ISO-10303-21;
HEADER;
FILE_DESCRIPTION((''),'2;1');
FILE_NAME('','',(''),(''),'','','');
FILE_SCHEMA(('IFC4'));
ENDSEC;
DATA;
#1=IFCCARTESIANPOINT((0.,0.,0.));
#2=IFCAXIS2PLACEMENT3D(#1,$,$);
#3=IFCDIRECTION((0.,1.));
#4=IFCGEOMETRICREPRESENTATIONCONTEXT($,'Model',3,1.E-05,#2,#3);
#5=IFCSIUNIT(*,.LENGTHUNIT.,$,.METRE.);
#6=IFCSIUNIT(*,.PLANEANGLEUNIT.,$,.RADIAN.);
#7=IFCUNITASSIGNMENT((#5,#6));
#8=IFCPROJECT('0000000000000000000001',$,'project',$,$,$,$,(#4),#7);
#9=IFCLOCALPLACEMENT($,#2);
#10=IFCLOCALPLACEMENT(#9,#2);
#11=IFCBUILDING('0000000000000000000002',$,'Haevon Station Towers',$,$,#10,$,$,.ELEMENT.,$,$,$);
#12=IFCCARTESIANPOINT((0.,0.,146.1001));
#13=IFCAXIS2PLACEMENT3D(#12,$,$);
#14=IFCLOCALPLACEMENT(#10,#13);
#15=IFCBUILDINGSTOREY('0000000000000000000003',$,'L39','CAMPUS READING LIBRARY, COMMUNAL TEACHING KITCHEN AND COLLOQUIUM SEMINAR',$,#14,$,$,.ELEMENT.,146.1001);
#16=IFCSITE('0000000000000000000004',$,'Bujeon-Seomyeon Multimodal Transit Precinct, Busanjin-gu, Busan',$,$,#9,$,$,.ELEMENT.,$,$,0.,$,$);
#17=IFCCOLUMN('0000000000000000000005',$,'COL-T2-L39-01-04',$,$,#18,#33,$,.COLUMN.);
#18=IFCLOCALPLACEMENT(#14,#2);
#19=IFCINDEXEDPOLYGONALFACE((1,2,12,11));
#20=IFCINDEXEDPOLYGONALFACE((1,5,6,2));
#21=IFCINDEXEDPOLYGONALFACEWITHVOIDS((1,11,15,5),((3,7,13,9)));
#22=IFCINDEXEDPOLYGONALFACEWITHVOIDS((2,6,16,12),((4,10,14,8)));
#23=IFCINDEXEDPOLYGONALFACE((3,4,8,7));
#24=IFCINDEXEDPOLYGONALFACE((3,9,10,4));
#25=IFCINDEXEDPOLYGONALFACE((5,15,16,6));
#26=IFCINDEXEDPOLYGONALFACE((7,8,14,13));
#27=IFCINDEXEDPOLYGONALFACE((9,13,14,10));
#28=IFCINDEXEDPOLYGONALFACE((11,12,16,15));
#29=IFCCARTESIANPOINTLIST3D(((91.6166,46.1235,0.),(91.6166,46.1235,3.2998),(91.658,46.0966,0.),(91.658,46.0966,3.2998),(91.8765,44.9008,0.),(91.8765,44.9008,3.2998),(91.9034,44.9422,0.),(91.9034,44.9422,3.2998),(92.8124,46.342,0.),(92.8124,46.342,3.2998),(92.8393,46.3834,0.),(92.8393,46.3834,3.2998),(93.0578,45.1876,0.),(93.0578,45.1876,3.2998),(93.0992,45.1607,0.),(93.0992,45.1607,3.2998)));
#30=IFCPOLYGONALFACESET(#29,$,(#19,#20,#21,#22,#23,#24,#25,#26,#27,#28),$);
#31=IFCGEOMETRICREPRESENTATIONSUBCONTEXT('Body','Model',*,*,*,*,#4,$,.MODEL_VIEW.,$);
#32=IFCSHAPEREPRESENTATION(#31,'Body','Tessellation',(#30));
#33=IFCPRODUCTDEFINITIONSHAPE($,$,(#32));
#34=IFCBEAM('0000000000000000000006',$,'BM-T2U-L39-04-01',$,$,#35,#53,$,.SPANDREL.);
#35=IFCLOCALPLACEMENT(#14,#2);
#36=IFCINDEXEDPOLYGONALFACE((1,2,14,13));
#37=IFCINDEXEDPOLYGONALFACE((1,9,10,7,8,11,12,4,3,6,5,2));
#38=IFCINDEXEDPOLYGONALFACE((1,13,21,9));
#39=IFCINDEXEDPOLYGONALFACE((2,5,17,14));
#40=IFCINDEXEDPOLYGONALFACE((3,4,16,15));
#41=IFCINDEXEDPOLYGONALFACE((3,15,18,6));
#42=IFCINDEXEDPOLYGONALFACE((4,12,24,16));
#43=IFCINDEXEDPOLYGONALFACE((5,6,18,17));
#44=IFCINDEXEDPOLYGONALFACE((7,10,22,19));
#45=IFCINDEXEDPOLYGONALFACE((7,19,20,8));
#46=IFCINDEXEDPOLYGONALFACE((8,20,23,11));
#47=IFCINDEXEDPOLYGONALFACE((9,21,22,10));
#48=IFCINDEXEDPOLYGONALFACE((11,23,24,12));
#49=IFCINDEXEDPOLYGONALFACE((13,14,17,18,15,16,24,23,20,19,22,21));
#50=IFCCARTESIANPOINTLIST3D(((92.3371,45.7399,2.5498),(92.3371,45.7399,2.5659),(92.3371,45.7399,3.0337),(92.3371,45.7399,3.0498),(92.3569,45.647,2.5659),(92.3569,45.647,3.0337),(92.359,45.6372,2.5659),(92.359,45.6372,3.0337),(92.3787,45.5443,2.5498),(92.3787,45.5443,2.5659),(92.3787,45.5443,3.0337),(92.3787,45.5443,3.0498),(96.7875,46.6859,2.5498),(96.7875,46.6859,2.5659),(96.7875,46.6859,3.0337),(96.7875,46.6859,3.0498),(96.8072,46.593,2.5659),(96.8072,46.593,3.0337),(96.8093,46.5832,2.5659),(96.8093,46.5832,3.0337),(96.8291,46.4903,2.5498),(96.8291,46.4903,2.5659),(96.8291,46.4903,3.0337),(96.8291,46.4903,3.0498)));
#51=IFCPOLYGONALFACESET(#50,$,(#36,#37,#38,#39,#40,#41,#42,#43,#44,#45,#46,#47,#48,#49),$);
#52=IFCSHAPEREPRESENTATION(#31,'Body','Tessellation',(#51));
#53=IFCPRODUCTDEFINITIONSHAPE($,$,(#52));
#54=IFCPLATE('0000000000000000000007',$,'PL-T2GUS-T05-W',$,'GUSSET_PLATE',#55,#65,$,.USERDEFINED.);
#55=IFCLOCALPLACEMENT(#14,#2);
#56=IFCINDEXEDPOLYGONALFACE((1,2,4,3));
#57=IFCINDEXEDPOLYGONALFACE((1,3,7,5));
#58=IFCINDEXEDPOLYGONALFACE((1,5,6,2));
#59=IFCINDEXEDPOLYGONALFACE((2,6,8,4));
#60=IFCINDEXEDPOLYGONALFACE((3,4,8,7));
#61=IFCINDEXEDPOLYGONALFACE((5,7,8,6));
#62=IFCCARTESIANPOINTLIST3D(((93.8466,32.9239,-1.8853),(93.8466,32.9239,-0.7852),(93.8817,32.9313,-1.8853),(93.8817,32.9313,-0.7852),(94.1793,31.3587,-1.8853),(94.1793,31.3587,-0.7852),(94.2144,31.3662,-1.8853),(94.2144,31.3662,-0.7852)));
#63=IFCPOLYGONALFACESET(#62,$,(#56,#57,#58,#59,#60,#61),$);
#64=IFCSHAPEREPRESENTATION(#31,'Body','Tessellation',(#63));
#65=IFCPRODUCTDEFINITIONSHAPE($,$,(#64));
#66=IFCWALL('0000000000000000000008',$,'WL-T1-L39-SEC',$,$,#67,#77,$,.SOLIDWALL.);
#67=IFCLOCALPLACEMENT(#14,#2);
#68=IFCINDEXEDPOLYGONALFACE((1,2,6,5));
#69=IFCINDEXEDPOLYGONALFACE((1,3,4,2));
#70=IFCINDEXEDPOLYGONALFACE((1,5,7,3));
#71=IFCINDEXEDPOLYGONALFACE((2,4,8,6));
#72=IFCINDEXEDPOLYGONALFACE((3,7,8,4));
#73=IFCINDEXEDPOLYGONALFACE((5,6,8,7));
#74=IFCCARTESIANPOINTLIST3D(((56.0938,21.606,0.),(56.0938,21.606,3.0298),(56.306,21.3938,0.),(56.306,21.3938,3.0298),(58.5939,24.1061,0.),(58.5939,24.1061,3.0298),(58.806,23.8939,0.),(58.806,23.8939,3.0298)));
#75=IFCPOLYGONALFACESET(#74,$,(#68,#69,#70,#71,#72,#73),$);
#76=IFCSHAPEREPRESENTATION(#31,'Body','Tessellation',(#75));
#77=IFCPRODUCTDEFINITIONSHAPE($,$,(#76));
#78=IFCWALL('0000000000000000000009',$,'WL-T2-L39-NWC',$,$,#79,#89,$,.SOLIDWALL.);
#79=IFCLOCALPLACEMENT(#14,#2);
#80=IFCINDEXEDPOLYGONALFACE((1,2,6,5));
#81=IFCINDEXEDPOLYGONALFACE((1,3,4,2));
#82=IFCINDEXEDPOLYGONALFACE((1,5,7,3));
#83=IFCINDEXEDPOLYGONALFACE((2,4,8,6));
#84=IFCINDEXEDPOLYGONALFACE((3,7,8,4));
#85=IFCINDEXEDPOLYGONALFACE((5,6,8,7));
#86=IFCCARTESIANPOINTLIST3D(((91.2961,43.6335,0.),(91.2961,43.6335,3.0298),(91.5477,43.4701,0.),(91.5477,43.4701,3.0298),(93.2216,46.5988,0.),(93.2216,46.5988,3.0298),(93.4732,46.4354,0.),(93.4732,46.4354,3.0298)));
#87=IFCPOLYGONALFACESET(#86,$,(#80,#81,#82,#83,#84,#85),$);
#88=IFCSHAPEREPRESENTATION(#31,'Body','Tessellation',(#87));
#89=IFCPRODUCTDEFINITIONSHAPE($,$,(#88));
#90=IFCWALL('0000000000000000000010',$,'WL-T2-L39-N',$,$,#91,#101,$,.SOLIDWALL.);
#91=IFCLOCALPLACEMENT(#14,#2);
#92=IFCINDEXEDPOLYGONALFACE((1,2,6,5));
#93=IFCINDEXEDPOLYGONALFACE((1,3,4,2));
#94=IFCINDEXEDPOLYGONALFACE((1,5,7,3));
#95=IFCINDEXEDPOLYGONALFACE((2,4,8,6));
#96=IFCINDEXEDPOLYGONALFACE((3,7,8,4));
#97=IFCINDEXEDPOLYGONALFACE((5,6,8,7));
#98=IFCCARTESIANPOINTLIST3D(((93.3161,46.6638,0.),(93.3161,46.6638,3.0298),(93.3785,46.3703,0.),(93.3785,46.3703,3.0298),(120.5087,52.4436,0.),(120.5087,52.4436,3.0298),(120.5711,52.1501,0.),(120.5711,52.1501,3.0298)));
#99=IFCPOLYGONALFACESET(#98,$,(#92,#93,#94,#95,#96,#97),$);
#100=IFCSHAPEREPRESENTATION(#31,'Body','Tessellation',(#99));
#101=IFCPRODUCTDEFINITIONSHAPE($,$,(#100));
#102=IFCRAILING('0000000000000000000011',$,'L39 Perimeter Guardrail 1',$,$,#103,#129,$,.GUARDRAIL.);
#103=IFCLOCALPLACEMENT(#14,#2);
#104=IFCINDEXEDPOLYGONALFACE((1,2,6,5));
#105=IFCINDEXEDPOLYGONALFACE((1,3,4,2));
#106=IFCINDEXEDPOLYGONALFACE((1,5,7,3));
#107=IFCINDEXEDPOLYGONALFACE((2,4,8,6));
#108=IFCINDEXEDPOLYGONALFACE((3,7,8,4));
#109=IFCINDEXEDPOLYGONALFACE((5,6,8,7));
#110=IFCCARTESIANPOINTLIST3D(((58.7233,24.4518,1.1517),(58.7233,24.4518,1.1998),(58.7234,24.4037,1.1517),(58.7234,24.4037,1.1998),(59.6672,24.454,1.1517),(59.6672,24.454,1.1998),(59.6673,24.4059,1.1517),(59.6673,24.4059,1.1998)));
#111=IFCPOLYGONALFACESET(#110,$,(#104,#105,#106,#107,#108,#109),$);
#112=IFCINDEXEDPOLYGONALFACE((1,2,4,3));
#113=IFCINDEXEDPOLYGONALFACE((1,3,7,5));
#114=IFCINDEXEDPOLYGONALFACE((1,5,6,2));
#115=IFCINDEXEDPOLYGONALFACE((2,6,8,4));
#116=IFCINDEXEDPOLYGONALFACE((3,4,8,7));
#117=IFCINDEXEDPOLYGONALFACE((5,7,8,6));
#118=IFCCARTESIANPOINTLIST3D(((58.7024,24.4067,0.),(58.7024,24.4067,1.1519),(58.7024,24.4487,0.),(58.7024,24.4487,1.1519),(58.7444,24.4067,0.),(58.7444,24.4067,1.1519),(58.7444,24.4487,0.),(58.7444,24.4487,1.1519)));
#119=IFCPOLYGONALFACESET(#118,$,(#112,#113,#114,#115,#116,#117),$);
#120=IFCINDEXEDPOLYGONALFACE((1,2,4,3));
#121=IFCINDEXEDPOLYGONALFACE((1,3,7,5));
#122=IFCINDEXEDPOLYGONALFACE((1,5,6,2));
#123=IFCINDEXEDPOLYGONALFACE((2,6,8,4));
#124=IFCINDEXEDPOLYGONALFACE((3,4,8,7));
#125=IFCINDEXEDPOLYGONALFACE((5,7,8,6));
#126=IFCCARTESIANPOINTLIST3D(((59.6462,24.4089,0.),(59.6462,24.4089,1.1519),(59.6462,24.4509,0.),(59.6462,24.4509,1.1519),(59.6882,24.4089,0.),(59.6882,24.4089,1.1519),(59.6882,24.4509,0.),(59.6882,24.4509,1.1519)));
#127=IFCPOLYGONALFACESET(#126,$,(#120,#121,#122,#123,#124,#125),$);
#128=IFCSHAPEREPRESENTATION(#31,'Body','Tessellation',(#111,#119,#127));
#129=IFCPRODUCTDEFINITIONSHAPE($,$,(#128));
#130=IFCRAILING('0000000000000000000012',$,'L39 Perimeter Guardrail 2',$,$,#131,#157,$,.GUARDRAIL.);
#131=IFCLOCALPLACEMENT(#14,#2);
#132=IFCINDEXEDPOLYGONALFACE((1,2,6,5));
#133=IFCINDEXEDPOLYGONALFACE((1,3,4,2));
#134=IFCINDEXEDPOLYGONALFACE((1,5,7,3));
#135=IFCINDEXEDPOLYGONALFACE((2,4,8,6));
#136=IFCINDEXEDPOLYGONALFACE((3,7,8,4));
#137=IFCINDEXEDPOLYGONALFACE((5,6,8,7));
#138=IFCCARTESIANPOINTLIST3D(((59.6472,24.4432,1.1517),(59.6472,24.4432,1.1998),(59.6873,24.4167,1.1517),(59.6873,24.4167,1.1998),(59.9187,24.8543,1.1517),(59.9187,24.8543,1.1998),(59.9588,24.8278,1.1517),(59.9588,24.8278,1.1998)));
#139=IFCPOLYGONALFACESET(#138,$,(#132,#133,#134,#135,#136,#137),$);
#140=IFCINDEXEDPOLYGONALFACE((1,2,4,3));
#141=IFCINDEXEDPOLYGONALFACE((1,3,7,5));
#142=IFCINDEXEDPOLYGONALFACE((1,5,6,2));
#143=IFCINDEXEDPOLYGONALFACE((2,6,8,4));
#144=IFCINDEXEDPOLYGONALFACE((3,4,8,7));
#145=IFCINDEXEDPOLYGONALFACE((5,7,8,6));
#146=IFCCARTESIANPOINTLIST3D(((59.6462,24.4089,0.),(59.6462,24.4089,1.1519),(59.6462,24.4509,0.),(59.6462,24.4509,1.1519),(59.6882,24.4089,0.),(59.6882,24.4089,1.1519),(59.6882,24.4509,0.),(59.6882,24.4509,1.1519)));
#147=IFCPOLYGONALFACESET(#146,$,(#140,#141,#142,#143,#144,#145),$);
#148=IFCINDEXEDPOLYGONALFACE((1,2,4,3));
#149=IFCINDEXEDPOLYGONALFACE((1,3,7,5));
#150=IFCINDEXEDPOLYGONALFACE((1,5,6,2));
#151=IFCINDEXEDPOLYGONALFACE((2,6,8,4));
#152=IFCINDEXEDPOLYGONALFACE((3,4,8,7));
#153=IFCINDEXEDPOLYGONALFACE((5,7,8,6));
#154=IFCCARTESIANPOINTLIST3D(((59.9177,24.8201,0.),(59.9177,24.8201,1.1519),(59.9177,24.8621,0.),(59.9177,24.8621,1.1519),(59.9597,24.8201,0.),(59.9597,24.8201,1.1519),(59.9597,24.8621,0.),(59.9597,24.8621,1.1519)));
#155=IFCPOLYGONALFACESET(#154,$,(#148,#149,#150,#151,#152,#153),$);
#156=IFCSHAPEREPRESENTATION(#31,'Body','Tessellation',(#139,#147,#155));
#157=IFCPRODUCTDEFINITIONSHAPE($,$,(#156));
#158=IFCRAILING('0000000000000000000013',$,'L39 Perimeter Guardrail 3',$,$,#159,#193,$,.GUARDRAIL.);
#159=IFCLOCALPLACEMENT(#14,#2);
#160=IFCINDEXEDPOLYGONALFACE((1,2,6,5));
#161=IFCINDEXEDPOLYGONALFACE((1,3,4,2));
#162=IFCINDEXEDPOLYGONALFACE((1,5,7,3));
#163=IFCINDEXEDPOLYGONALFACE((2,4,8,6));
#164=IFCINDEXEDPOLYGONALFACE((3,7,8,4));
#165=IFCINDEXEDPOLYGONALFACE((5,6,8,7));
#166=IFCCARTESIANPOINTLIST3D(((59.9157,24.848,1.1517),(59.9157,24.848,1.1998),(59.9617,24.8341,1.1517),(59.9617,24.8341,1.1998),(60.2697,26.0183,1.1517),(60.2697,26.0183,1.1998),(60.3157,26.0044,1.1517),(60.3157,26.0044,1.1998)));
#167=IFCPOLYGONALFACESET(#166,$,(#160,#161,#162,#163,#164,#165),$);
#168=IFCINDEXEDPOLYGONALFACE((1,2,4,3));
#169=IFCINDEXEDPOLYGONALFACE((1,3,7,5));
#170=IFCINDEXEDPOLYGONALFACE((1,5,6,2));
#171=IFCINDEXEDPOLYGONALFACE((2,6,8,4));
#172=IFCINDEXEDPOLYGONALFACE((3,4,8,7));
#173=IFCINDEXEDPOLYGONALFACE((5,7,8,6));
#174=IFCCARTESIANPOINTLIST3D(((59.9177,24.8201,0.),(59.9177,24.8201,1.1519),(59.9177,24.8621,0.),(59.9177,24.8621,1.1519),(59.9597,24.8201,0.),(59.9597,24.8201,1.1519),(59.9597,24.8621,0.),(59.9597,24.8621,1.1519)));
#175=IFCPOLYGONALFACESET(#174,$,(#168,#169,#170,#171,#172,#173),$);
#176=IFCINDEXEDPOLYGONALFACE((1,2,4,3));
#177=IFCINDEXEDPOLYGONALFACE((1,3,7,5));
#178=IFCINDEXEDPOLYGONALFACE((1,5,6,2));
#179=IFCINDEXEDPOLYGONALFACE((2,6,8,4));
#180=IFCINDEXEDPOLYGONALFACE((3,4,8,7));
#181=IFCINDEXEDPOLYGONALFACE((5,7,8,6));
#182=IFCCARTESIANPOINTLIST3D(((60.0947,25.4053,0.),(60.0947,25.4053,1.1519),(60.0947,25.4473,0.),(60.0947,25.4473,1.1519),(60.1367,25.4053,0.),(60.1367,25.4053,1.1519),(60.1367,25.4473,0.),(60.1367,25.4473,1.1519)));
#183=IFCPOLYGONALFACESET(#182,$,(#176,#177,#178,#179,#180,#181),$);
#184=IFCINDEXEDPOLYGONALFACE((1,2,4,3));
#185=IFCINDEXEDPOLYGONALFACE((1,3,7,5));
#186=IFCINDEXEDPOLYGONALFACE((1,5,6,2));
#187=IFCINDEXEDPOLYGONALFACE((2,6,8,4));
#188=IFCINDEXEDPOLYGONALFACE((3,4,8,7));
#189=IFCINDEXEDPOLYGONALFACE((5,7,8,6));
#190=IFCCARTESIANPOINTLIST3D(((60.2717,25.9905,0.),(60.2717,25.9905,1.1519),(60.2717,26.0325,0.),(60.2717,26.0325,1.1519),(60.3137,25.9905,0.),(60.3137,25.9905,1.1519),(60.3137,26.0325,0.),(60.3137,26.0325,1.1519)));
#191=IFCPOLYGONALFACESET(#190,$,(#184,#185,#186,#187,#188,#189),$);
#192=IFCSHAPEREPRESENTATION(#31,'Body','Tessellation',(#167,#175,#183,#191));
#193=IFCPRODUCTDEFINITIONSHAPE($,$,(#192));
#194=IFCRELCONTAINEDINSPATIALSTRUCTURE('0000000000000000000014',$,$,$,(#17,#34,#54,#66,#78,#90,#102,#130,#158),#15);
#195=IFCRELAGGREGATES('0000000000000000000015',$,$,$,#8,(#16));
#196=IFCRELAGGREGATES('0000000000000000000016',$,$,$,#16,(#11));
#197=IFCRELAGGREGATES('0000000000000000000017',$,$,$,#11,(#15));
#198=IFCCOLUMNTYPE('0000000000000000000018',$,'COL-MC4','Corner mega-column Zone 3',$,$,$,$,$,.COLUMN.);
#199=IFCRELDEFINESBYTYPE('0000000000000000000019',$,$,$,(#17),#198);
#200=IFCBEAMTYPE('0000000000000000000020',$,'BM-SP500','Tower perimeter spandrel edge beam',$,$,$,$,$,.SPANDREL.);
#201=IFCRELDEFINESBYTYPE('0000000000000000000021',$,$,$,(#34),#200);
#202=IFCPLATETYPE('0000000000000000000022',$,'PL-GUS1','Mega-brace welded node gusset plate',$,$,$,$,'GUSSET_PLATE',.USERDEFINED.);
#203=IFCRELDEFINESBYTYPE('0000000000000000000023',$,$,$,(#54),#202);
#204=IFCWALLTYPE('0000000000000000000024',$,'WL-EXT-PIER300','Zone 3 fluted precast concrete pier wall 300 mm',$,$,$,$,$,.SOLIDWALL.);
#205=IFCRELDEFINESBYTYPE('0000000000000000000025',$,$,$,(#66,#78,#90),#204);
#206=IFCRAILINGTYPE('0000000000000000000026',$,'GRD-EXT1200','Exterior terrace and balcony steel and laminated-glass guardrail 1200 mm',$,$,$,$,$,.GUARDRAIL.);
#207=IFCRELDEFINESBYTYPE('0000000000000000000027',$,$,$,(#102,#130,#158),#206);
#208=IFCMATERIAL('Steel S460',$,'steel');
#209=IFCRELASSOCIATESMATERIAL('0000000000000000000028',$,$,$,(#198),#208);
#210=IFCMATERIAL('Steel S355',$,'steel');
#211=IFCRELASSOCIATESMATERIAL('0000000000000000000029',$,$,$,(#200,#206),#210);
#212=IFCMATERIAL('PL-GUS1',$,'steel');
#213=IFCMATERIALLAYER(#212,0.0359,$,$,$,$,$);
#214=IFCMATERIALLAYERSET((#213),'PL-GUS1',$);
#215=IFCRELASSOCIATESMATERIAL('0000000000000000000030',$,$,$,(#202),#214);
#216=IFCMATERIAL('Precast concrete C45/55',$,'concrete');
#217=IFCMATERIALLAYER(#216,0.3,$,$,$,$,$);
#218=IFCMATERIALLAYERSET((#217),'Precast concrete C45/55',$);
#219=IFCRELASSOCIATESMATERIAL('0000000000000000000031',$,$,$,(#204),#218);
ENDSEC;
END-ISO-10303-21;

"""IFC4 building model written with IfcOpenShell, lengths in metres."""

from ifc_helpers import new_model, si_unit, direction, frame, frame_2d, origin, origin_2d, place, context, subcontext, project, spatial, rectangle, hollow_rectangle, i_section, extrude, material, layer, layer_set, material_profile, profile_set, type_object, element, save


model = new_model("IFC4")

# Units and contexts
model_context = context("Model", 3, precision=1e-05, world=origin(), true_north=direction((0.0, 1.0)))
body_context = subcontext(model_context, "Body", "Model", "MODEL_VIEW")
ifc_project = project(units=[si_unit("LENGTHUNIT", "METRE"), si_unit("PLANEANGLEUNIT", "RADIAN")], contexts=[model_context])

# Site, building, storey
site_placement = place(None, origin())
site = spatial("IfcSite", under=ifc_project, at=site_placement, Name="Bujeon-Seomyeon Multimodal Transit Precinct, Busanjin-gu, Busan", CompositionType="ELEMENT", RefElevation=0.0)
building_placement = place(site_placement, origin())
building = spatial("IfcBuilding", under=site, at=building_placement, Name="Haevon Station Towers", CompositionType="ELEMENT")
storey_placement = place(building_placement, frame((0.0, 0.0, 146.1001)))
storey = spatial("IfcBuildingStorey", under=building, at=storey_placement, Name="L39", Description="CAMPUS READING LIBRARY, COMMUNAL TEACHING KITCHEN AND COLLOQUIUM SEMINAR", CompositionType="ELEMENT", Elevation=146.1001)

# Column
ifc_material_1 = material(Name="Steel S460", Category="steel")
ifc_material_profile_1 = material_profile(ifc_material_1, hollow_rectangle(XDim=1.25, YDim=1.25, WallThickness=0.0349, at=origin_2d()), Name="BOX-1250x1250x35")
ifc_profile_set_1 = profile_set([ifc_material_profile_1], Name="Steel S460")
column_type = type_object("IfcColumnType", Name="COL-MC4", Description="Corner mega-column Zone 3", PredefinedType="COLUMN", material=ifc_profile_set_1)
column_placement = place(storey_placement, frame((92.3579, 45.6421, 0.0), z_axis=(0.0, 0.0, 1.0), x_axis=(0.978148, 0.207912, 0.0)))
element("IfcColumn", 1, at=column_placement, inside=storey, type_object=column_type, Name="COL-T2-L39-01-04", PredefinedType="COLUMN", context=body_context, shape_type="SweptSolid", body=[
    extrude(hollow_rectangle(XDim=1.25, YDim=1.25, WallThickness=0.0349, at=origin_2d()), origin(), (0.0, 0.0, 1.0), 3.2998),
])

# Beam
ifc_material_2 = material(Name="Steel S355", Category="steel")
ifc_material_profile_2 = material_profile(ifc_material_2, i_section(OverallWidth=0.2, OverallDepth=0.5, WebThickness=0.01, FlangeThickness=0.0161, at=origin_2d()), Name="H-500x200x10x16")
ifc_profile_set_2 = profile_set([ifc_material_profile_2], Name="Steel S355")
beam_type = type_object("IfcBeamType", Name="BM-SP500", Description="Tower perimeter spandrel edge beam", PredefinedType="SPANDREL", material=ifc_profile_set_2)
beam_placement = place(storey_placement, frame((92.3579, 45.6421, 2.7998), z_axis=(0.978144, 0.207927, 0.0), x_axis=(-0.207927, 0.978144, 0.0)))
element("IfcBeam", 2, at=beam_placement, inside=storey, type_object=beam_type, Name="BM-T2U-L39-04-01", PredefinedType="SPANDREL", context=body_context, shape_type="SweptSolid", body=[
    extrude(i_section(OverallWidth=0.2, OverallDepth=0.5, WebThickness=0.01, FlangeThickness=0.0161, at=origin_2d()), origin(), (0.0, 0.0, 1.0), 4.5498),
])

# Plate
ifc_material_3 = material(Name="PL-GUS1", Category="steel")
ifc_layer_1 = layer(ifc_material_3, 0.0359)
ifc_layer_set_1 = layer_set([ifc_layer_1], Name="PL-GUS1")
plate_type = type_object("IfcPlateType", Name="PL-GUS1", Description="Mega-brace welded node gusset plate", ElementType="GUSSET_PLATE", PredefinedType="USERDEFINED", material=ifc_layer_set_1)
plate_placement = place(storey_placement, frame((94.0305, 32.145, -1.8853), z_axis=(0.0, 0.0, 1.0), x_axis=(-0.207912, 0.978148, 0.0)))
element("IfcPlate", 3, at=plate_placement, inside=storey, type_object=plate_type, Name="PL-T2GUS-T05-W", ObjectType="GUSSET_PLATE", PredefinedType="USERDEFINED", context=body_context, shape_type="SweptSolid", body=[
    extrude(rectangle(XDim=1.6001, YDim=0.0359, at=origin_2d()), origin(), (0.0, 0.0, 1.0), 1.1001),
])

# Walls
ifc_material_4 = material(Name="Precast concrete C45/55", Category="concrete")
ifc_layer_2 = layer(ifc_material_4, 0.3)
ifc_layer_set_2 = layer_set([ifc_layer_2], Name="Precast concrete C45/55")
wall_type = type_object("IfcWallType", Name="WL-EXT-PIER300", Description="Zone 3 fluted precast concrete pier wall 300 mm", PredefinedType="SOLIDWALL", material=ifc_layer_set_2)
for number, where, z_axis, x_axis, name in (
    (4, (58.7, 24.0, 0.0), (0.0, 0.0, 1.0), (-0.707107, -0.707107, 0.0), "WL-T1-L39-SEC"),
    (5, (91.4219, 43.5518, 0.0), (0.0, 0.0, 1.0), (0.544605, 0.838693, 0.0), "WL-T2-L39-NWC"),
):
    element("IfcWall", number, at=place(storey_placement, frame(where, z_axis=z_axis, x_axis=x_axis)), inside=storey, type_object=wall_type, Name=name, PredefinedType="SOLIDWALL", context=body_context, shape_type="SweptSolid", body=[
        extrude(rectangle(XDim=3.5356, YDim=0.3, at=frame_2d((1.7678, 0.0))), origin(), (0.0, 0.0, 1.0), 3.0298),
    ])
wall_placement = place(storey_placement, frame((93.3474, 46.5171, 0.0), z_axis=(0.0, 0.0, 1.0), x_axis=(0.978149, 0.207905, 0.0)))
element("IfcWall", 6, at=wall_placement, inside=storey, type_object=wall_type, Name="WL-T2-L39-N", PredefinedType="SOLIDWALL", context=body_context, shape_type="SweptSolid", body=[
    extrude(rectangle(XDim=27.8, YDim=0.3, at=frame_2d((13.8999, 0.0))), origin(), (0.0, 0.0, 1.0), 3.0298),
])

# Railings
railing_type = type_object("IfcRailingType", Name="GRD-EXT1200", Description="Exterior terrace and balcony steel and laminated-glass guardrail 1200 mm", PredefinedType="GUARDRAIL", material=ifc_material_2)
railing_1_placement = place(storey_placement, frame((58.7234, 24.4277, 0.0)))
element("IfcRailing", 7, at=railing_1_placement, inside=storey, type_object=railing_type, Name="L39 Perimeter Guardrail 1", PredefinedType="GUARDRAIL", context=body_context, shape_type="SweptSolid", body=[
    extrude(rectangle(XDim=0.0481, YDim=0.0481, at=origin_2d()), frame((0.0, 0.0, 1.1758), z_axis=(0.999997, 0.002328, 0.0), x_axis=(-0.002328, 0.999997, 0.0)), (0.0, 0.0, 1.0), 0.9438),
    extrude(rectangle(XDim=0.042, YDim=0.042, at=origin_2d()), origin(), (0.0, 0.0, 1.0), 1.1519),
    extrude(rectangle(XDim=0.042, YDim=0.042, at=origin_2d()), frame((0.9438, 0.0022, 0.0)), (0.0, 0.0, 1.0), 1.1519),
])
railing_2_placement = place(storey_placement, frame((59.6672, 24.4299, 0.0)))
element("IfcRailing", 8, at=railing_2_placement, inside=storey, type_object=railing_type, Name="L39 Perimeter Guardrail 2", PredefinedType="GUARDRAIL", context=body_context, shape_type="SweptSolid", body=[
    extrude(rectangle(XDim=0.0481, YDim=0.0481, at=origin_2d()), frame((0.0, 0.0, 1.1758), z_axis=(0.551035, 0.834482, 0.0), x_axis=(-0.834482, 0.551035, 0.0)), (0.0, 0.0, 1.0), 0.4927),
    extrude(rectangle(XDim=0.042, YDim=0.042, at=origin_2d()), origin(), (0.0, 0.0, 1.0), 1.1519),
    extrude(rectangle(XDim=0.042, YDim=0.042, at=origin_2d()), frame((0.2715, 0.4111, 0.0)), (0.0, 0.0, 1.0), 1.1519),
])
railing_3_placement = place(storey_placement, frame((59.9387, 24.8411, 0.0)))
element("IfcRailing", 9, at=railing_3_placement, inside=storey, type_object=railing_type, Name="L39 Perimeter Guardrail 3", PredefinedType="GUARDRAIL", context=body_context, shape_type="SweptSolid", body=[
    extrude(rectangle(XDim=0.0481, YDim=0.0481, at=origin_2d()), frame((0.0, 0.0, 1.1758), z_axis=(0.289509, 0.957175, 0.0), x_axis=(-0.957175, 0.289509, 0.0)), (0.0, 0.0, 1.0), 1.2227),
    extrude(rectangle(XDim=0.042, YDim=0.042, at=origin_2d()), origin(), (0.0, 0.0, 1.0), 1.1519),
    extrude(rectangle(XDim=0.042, YDim=0.042, at=origin_2d()), frame((0.177, 0.5852, 0.0)), (0.0, 0.0, 1.0), 1.1519),
    extrude(rectangle(XDim=0.042, YDim=0.042, at=origin_2d()), frame((0.354, 1.1704, 0.0)), (0.0, 0.0, 1.0), 1.1519),
])

save(model, "model.ifc")
